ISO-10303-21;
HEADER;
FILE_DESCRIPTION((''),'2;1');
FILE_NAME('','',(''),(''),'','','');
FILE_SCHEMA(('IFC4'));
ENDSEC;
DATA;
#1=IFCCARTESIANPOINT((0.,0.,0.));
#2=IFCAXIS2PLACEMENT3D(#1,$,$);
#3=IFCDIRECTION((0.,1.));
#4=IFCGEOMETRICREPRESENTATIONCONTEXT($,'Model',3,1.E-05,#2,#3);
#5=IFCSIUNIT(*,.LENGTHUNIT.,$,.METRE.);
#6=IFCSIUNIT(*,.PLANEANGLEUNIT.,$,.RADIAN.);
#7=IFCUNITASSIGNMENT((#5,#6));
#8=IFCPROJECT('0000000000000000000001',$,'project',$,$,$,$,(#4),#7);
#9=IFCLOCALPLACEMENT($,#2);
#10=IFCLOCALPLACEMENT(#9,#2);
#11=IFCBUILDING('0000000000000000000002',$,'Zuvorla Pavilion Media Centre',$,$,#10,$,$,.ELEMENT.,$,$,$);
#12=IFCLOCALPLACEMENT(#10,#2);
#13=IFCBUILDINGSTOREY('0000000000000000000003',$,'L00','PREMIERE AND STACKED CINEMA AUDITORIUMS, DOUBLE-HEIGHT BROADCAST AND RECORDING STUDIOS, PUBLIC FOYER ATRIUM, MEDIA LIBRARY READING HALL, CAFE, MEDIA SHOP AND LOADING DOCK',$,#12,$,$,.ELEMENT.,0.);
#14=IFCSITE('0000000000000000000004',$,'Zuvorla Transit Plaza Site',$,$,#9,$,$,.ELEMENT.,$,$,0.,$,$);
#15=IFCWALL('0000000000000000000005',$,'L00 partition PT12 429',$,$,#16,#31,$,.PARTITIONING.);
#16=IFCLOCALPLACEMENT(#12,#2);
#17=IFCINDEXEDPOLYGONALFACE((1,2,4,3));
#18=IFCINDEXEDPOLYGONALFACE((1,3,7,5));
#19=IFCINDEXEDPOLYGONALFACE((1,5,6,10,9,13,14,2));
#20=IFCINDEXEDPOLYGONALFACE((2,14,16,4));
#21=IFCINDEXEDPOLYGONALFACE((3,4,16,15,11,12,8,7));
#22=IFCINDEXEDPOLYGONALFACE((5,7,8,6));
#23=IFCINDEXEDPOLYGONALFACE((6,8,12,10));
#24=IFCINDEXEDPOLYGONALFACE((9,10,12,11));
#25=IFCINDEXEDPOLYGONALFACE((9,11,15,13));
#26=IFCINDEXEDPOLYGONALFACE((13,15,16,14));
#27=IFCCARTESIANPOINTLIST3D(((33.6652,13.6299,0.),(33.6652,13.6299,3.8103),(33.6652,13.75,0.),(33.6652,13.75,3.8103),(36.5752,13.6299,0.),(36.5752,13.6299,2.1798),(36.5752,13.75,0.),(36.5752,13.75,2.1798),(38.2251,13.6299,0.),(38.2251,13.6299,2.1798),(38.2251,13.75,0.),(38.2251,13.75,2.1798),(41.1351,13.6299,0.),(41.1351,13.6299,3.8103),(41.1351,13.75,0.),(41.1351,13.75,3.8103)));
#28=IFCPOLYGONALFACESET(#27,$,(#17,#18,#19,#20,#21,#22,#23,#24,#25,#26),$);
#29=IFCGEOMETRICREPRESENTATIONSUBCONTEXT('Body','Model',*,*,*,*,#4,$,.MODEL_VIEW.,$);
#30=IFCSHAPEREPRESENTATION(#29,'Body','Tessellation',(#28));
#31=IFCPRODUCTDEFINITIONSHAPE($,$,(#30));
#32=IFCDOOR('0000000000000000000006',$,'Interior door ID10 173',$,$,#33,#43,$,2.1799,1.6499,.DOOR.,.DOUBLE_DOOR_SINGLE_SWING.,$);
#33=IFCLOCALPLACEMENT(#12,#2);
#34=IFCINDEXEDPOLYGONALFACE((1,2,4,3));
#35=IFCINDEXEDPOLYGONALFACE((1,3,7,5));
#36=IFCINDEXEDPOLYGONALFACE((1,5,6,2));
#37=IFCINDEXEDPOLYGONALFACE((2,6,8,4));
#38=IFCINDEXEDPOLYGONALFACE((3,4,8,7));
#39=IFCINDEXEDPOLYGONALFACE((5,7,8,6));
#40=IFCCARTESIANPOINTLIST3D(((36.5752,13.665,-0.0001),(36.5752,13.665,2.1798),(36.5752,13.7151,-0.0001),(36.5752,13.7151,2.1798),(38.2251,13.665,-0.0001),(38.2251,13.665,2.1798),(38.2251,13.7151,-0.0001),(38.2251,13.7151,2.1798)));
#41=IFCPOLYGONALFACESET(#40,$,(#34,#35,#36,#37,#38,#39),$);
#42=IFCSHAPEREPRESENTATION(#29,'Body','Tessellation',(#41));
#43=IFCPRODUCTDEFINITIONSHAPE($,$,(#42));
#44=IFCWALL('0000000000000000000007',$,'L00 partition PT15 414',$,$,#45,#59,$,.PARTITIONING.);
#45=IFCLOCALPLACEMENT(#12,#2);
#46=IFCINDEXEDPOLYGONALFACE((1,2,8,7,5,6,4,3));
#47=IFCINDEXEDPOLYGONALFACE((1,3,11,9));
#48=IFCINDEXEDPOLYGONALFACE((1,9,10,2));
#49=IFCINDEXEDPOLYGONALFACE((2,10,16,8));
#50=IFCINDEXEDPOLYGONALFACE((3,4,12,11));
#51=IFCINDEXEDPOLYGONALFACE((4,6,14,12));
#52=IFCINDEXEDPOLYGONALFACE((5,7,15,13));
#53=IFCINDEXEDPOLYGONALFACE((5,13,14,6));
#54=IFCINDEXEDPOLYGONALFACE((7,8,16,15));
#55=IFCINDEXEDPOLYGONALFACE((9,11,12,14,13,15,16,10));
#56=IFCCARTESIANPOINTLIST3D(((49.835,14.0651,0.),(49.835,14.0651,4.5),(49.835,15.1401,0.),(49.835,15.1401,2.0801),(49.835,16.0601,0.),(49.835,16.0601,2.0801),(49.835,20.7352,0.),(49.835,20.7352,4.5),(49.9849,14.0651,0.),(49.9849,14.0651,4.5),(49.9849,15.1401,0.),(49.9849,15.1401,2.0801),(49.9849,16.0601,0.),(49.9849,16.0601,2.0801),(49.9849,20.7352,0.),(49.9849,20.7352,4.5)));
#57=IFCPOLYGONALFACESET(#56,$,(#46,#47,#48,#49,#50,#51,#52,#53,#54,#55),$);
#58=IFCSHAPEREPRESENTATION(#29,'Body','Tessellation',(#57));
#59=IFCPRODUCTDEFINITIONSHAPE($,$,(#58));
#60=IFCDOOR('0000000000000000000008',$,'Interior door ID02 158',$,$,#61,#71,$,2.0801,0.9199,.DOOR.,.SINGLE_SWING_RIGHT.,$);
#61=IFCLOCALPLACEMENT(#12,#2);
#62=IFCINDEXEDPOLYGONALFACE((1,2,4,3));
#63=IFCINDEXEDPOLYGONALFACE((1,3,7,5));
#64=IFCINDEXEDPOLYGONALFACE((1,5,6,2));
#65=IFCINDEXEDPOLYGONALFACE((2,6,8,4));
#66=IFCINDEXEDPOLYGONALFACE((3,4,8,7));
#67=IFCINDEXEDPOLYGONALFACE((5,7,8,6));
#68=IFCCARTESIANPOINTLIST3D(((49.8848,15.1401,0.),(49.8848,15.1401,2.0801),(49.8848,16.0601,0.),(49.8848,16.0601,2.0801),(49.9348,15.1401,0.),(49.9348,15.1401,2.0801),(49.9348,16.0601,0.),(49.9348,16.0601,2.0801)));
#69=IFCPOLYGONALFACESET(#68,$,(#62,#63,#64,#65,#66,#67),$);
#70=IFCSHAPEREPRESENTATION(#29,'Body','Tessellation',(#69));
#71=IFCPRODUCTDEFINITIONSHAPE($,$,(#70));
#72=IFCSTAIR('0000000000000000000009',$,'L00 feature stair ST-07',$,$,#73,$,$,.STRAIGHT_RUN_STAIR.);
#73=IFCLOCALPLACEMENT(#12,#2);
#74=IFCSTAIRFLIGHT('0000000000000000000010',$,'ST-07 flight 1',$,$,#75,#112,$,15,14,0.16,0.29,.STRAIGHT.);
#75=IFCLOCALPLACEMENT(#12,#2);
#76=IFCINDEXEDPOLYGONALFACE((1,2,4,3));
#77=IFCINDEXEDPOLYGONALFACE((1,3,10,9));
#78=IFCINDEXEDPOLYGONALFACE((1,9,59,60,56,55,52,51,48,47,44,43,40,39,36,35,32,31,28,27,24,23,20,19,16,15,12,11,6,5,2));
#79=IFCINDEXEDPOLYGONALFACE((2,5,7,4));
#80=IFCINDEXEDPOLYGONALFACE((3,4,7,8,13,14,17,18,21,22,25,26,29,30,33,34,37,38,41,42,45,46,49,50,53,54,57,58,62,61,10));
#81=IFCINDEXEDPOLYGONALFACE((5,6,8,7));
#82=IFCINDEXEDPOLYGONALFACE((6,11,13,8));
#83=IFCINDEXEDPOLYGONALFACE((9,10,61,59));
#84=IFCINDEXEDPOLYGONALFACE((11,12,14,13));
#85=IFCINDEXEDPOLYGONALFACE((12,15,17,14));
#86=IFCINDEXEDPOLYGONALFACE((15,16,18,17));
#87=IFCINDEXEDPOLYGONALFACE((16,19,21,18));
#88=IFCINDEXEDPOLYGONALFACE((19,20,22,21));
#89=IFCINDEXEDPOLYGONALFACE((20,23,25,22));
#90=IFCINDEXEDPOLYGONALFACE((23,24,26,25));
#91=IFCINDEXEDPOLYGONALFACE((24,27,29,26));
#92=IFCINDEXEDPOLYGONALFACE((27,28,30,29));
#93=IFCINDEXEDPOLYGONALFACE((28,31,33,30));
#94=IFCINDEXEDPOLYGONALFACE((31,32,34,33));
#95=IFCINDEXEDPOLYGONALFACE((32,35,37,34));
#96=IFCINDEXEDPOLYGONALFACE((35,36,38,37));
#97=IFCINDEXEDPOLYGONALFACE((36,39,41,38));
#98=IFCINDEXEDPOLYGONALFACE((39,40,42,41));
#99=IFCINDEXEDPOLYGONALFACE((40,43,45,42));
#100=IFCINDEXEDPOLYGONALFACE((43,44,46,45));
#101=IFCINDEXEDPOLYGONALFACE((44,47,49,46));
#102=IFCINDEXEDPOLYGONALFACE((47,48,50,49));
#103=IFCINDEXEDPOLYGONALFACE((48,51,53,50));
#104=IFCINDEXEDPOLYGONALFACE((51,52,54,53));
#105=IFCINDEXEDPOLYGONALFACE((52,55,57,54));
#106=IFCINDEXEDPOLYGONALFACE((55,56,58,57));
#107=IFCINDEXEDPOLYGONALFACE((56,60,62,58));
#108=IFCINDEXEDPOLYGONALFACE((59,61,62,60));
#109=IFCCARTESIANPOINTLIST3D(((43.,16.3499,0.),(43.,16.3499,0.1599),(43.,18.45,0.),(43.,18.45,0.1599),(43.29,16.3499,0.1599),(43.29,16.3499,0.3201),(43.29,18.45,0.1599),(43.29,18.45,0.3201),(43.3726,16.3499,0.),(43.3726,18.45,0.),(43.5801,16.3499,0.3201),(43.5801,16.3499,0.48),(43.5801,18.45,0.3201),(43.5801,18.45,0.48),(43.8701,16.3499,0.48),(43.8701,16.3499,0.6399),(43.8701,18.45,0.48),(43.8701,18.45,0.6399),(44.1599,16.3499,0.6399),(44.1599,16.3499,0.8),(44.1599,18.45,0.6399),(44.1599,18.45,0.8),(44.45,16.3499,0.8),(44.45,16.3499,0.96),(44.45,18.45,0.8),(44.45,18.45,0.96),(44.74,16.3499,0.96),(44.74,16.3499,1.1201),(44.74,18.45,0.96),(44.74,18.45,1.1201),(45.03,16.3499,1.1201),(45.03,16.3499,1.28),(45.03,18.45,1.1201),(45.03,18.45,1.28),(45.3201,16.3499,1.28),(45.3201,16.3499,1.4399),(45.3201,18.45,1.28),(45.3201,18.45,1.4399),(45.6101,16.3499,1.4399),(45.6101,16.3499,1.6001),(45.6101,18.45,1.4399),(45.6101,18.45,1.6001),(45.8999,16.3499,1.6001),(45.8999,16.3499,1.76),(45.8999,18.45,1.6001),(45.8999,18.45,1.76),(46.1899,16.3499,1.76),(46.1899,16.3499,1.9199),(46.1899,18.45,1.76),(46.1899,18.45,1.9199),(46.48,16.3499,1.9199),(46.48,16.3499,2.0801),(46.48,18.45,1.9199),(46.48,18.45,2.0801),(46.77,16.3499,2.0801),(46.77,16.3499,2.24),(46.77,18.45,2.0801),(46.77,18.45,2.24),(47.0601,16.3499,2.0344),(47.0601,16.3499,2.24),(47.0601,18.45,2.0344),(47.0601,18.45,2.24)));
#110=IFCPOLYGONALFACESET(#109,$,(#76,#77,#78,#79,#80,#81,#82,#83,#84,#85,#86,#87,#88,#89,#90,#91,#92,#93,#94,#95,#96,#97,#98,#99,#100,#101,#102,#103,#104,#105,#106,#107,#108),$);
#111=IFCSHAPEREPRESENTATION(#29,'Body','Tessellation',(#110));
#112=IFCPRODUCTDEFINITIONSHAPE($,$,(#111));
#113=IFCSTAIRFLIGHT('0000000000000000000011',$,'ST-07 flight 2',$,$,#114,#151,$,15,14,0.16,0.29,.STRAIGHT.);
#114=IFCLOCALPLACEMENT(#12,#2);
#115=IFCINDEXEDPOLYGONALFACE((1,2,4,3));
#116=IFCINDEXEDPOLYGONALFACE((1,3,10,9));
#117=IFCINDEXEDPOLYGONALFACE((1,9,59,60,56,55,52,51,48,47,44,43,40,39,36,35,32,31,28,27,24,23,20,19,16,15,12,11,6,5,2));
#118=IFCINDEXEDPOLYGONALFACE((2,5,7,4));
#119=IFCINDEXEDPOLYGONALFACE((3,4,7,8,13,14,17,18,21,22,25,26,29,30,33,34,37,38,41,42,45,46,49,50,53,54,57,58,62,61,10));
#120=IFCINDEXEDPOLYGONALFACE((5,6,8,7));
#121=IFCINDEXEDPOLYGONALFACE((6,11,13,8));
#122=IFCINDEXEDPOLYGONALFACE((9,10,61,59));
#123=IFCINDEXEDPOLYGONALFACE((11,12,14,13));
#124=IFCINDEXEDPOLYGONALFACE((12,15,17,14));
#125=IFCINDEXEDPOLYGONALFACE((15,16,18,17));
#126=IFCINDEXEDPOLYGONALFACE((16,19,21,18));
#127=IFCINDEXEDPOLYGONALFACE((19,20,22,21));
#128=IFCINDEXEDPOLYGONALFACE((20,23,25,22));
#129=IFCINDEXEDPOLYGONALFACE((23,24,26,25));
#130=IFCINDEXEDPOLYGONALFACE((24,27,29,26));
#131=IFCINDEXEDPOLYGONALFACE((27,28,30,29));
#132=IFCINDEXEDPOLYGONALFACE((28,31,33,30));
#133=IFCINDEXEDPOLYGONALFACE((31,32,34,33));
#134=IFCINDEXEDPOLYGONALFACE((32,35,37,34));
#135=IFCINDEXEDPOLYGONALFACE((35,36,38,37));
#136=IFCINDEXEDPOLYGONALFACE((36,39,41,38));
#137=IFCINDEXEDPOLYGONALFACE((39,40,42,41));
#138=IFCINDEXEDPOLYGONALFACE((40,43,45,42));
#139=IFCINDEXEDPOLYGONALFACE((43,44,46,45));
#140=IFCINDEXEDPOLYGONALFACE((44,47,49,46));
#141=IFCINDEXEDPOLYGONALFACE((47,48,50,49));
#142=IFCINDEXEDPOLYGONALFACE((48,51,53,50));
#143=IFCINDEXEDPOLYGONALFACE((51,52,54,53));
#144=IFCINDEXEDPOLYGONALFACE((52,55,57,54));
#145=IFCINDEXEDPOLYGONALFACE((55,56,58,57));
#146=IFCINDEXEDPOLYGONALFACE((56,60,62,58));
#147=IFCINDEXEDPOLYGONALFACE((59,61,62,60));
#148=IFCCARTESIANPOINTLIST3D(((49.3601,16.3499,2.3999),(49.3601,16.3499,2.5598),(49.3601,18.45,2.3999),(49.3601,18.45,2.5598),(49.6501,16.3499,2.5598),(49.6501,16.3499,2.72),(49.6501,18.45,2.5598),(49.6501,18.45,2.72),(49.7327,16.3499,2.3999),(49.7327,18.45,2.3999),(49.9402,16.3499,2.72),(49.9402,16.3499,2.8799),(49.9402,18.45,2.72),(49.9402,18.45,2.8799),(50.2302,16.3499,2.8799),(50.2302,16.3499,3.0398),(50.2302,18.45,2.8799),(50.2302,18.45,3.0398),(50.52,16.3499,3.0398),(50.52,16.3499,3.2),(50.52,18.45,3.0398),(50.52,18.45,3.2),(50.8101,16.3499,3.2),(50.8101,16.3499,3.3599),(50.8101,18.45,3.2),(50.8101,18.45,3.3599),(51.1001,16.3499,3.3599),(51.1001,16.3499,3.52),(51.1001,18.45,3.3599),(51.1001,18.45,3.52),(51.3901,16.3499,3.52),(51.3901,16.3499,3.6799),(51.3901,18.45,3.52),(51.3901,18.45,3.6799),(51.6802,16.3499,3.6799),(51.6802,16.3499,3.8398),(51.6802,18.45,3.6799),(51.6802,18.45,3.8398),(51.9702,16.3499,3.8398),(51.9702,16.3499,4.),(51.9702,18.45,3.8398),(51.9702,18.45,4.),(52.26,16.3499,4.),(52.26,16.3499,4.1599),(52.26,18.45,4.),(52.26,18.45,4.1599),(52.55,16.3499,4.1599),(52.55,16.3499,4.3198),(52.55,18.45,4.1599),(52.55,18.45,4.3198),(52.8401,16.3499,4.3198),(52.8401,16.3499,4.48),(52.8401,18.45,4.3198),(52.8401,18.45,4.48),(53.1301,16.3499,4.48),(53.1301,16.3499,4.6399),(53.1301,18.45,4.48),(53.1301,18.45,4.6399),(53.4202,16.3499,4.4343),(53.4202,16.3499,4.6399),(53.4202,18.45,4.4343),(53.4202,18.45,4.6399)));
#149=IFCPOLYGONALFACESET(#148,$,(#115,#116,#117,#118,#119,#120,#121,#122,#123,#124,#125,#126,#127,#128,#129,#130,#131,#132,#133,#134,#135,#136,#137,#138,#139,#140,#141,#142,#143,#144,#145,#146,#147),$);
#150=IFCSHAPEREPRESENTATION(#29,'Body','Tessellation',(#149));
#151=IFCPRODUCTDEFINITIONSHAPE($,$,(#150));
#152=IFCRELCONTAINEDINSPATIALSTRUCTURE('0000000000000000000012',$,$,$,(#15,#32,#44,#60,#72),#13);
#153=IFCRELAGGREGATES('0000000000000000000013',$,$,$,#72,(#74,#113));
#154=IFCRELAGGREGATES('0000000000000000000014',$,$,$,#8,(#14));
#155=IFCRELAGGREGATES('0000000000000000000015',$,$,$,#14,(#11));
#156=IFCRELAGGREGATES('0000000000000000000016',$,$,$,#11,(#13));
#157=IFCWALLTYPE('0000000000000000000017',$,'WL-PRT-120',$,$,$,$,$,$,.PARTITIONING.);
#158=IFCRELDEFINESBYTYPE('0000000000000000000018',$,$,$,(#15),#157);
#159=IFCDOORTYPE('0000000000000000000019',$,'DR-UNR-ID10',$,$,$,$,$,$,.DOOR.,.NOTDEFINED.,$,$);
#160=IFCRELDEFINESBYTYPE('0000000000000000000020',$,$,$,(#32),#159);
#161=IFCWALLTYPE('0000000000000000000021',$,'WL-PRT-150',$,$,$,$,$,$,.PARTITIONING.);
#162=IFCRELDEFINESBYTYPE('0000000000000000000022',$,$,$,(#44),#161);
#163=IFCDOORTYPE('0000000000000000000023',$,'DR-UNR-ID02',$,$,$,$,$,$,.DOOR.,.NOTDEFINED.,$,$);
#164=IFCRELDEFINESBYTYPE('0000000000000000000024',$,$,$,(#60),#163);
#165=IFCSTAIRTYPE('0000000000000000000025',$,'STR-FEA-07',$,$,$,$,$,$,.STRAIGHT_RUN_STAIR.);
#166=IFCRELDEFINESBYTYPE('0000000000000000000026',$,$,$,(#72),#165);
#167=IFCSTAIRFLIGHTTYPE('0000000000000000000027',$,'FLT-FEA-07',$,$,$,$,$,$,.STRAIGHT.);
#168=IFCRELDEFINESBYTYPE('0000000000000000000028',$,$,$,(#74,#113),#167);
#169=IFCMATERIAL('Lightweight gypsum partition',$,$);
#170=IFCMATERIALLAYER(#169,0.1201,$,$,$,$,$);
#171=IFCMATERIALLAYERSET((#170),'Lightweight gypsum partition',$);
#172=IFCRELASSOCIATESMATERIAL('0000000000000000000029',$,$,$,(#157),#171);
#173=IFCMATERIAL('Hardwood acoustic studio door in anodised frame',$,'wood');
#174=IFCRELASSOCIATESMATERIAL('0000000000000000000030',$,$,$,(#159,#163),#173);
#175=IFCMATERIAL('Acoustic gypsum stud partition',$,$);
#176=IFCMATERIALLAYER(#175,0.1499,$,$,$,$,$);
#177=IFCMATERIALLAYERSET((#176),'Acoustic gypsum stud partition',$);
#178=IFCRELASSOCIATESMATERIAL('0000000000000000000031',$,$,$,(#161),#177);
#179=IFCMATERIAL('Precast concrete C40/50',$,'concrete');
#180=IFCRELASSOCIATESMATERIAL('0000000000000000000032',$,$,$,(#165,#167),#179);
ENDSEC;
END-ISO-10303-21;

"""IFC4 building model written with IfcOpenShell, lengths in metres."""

from ifc_helpers import new_model, si_unit, direction, frame, frame_2d, origin, place, context, subcontext, project, spatial, polyline, rectangle, outline, extrude, material, layer, layer_set, type_object, element, fill, aggregate, save


model = new_model("IFC4")

# Units and contexts
model_context = context("Model", 3, precision=1e-05, world=origin(), true_north=direction((0.0, 1.0)))
body_context = subcontext(model_context, "Body", "Model", "MODEL_VIEW")
ifc_project = project(units=[si_unit("LENGTHUNIT", "METRE"), si_unit("PLANEANGLEUNIT", "RADIAN")], contexts=[model_context])

# Site, building, storey
site_placement = place(None, origin())
site = spatial("IfcSite", under=ifc_project, at=site_placement, Name="Zuvorla Transit Plaza Site", CompositionType="ELEMENT", RefElevation=0.0)
building_placement = place(site_placement, origin())
building = spatial("IfcBuilding", under=site, at=building_placement, Name="Zuvorla Pavilion Media Centre", CompositionType="ELEMENT")
storey_placement = place(building_placement, origin())
storey = spatial("IfcBuildingStorey", under=building, at=storey_placement, Name="L00", Description="PREMIERE AND STACKED CINEMA AUDITORIUMS, DOUBLE-HEIGHT BROADCAST AND RECORDING STUDIOS, PUBLIC FOYER ATRIUM, MEDIA LIBRARY READING HALL, CAFE, MEDIA SHOP AND LOADING DOCK", CompositionType="ELEMENT", Elevation=0.0)

# Walls, openings, doors
ifc_material_1 = material(Name="Lightweight gypsum partition")
ifc_layer_1 = layer(ifc_material_1, 0.1201)
ifc_layer_set_1 = layer_set([ifc_layer_1], Name="Lightweight gypsum partition")
wall_type_1 = type_object("IfcWallType", Name="WL-PRT-120", PredefinedType="PARTITIONING", material=ifc_layer_set_1)
ifc_material_2 = material(Name="Hardwood acoustic studio door in anodised frame", Category="wood")
wall_1_placement = place(storey_placement, frame((41.135, 13.6899, 0.0), z_axis=(0.0, 0.0, 1.0), x_axis=(-1.0, 0.0, 0.0)))
wall_1 = element("IfcWall", 1, at=wall_1_placement, inside=storey, type_object=wall_type_1, Name="L00 partition PT12 429", PredefinedType="PARTITIONING", context=body_context, shape_type="SweptSolid", body=[
    extrude(rectangle(XDim=7.47, YDim=0.1201, at=frame_2d((3.7349, 0.0))), origin(), (0.0, 0.0, 1.0), 3.8103),
])
opening_1_placement = place(wall_1_placement, frame((2.9099, 0.0, 0.0)))
opening_1 = element("IfcOpeningElement", 2, at=opening_1_placement, cuts=wall_1, PredefinedType="OPENING", context=body_context, shape_type="SweptSolid", body=[
    extrude(rectangle(XDim=1.6499, YDim=2.1799, at=frame_2d((0.825, 1.0898))), frame((0.0, 0.0701, 0.0), z_axis=(0.0, -1.0, 0.0), x_axis=(1.0, 0.0, 0.0)), (0.0, 0.0, 1.0), 0.1401),
])
door_type_1 = type_object("IfcDoorType", Name="DR-UNR-ID10", OperationType="NOTDEFINED", PredefinedType="DOOR", material=ifc_material_2)
door_1_placement = place(opening_1_placement, origin())
door_1 = element("IfcDoor", 3, at=door_1_placement, inside=storey, type_object=door_type_1, Name="Interior door ID10 173", OperationType="DOUBLE_DOOR_SINGLE_SWING", OverallHeight=2.1799, OverallWidth=1.6499, PredefinedType="DOOR", context=body_context, shape_type="SweptSolid", body=[
    extrude(rectangle(XDim=1.6499, YDim=2.1799, at=frame_2d((0.825, 1.0898))), frame((0.0, 0.0249, 0.0), z_axis=(0.0, -1.0, 0.0), x_axis=(1.0, 0.0, 0.0)), (0.0, 0.0, 1.0), 0.05),
])
fill(opening_1, door_1)
ifc_material_3 = material(Name="Acoustic gypsum stud partition")
ifc_layer_2 = layer(ifc_material_3, 0.1499)
ifc_layer_set_2 = layer_set([ifc_layer_2], Name="Acoustic gypsum stud partition")
wall_type_2 = type_object("IfcWallType", Name="WL-PRT-150", PredefinedType="PARTITIONING", material=ifc_layer_set_2)
wall_2_placement = place(storey_placement, frame((49.9099, 20.7351, 0.0), z_axis=(0.0, 0.0, 1.0), x_axis=(0.0, -1.0, 0.0)))
wall_2 = element("IfcWall", 4, at=wall_2_placement, inside=storey, type_object=wall_type_2, Name="L00 partition PT15 414", PredefinedType="PARTITIONING", context=body_context, shape_type="SweptSolid", body=[
    extrude(rectangle(XDim=6.6702, YDim=0.1499, at=frame_2d((3.335, 0.0))), origin(), (0.0, 0.0, 1.0), 4.5),
])
opening_2_placement = place(wall_2_placement, frame((4.675, 0.0, 0.0)))
opening_2 = element("IfcOpeningElement", 5, at=opening_2_placement, cuts=wall_2, PredefinedType="OPENING", context=body_context, shape_type="SweptSolid", body=[
    extrude(rectangle(XDim=0.9199, YDim=2.0801, at=frame_2d((0.46, 1.04))), frame((0.0, 0.085, 0.0), z_axis=(0.0, -1.0, 0.0), x_axis=(1.0, 0.0, 0.0)), (0.0, 0.0, 1.0), 0.1699),
])
door_type_2 = type_object("IfcDoorType", Name="DR-UNR-ID02", OperationType="NOTDEFINED", PredefinedType="DOOR", material=ifc_material_2)
door_2_placement = place(opening_2_placement, origin())
door_2 = element("IfcDoor", 6, at=door_2_placement, inside=storey, type_object=door_type_2, Name="Interior door ID02 158", OperationType="SINGLE_SWING_RIGHT", OverallHeight=2.0801, OverallWidth=0.9199, PredefinedType="DOOR", context=body_context, shape_type="SweptSolid", body=[
    extrude(rectangle(XDim=0.9199, YDim=2.0801, at=frame_2d((0.46, 1.04))), frame((0.0, 0.0249, 0.0), z_axis=(0.0, -1.0, 0.0), x_axis=(1.0, 0.0, 0.0)), (0.0, 0.0, 1.0), 0.05),
])
fill(opening_2, door_2)

# Stair, stair flights
ifc_material_4 = material(Name="Precast concrete C40/50", Category="concrete")
stair_type = type_object("IfcStairType", Name="STR-FEA-07", PredefinedType="STRAIGHT_RUN_STAIR", material=ifc_material_4)
stair_placement = place(storey_placement, origin())
stair = element("IfcStair", 7, at=stair_placement, inside=storey, type_object=stair_type, Name="L00 feature stair ST-07", PredefinedType="STRAIGHT_RUN_STAIR")
stair_flight_type = type_object("IfcStairFlightType", Name="FLT-FEA-07", PredefinedType="STRAIGHT", material=ifc_material_4)
stair_flight_1_placement = place(storey_placement, frame((43.0, 17.3999, 0.0), z_axis=(0.0, 0.0, 1.0), x_axis=(1.0, 0.0, 0.0)))
stair_flight_1 = element("IfcStairFlight", 8, at=stair_flight_1_placement, type_object=stair_flight_type, Name="ST-07 flight 1", NumberOfRisers=15, NumberOfTreads=14, PredefinedType="STRAIGHT", RiserHeight=0.16, TreadLength=0.29, context=body_context, shape_type="SweptSolid", body=[
    extrude(outline(polyline([(0.0, 0.0), (0.0, 0.1599), (0.29, 0.1599), (0.29, 0.3201), (0.5801, 0.3201), (0.5801, 0.48), (0.8701, 0.48), (0.8701, 0.6399), (1.1599, 0.6399), (1.1599, 0.8), (1.45, 0.8), (1.45, 0.96), (1.74, 0.96), (1.74, 1.1201), (2.03, 1.1201), (2.03, 1.28), (2.3201, 1.28), (2.3201, 1.4399), (2.6101, 1.4399), (2.6101, 1.6001), (2.8999, 1.6001), (2.8999, 1.76), (3.1899, 1.76), (3.1899, 1.9199), (3.48, 1.9199), (3.48, 2.0801), (3.77, 2.0801), (3.77, 2.24), (4.0601, 2.24), (4.0601, 2.3999), (4.0601, 2.0344), (0.3726, 0.0), (0.0, 0.0)])), frame((0.0, 1.05, 0.0), z_axis=(0.0, -1.0, 0.0), x_axis=(1.0, 0.0, 0.0)), (0.0, 0.0, 1.0), 2.1001),
])
stair_flight_2_placement = place(storey_placement, frame((49.3601, 17.3999, 2.3999), z_axis=(0.0, 0.0, 1.0), x_axis=(1.0, 0.0, 0.0)))
stair_flight_2 = element("IfcStairFlight", 9, at=stair_flight_2_placement, type_object=stair_flight_type, Name="ST-07 flight 2", NumberOfRisers=15, NumberOfTreads=14, PredefinedType="STRAIGHT", RiserHeight=0.16, TreadLength=0.29, context=body_context, shape_type="SweptSolid", body=[
    extrude(outline(polyline([(0.0, 0.0), (0.0, 0.1599), (0.29, 0.1599), (0.29, 0.3201), (0.5801, 0.3201), (0.5801, 0.48), (0.8701, 0.48), (0.8701, 0.6399), (1.1599, 0.6399), (1.1599, 0.8), (1.45, 0.8), (1.45, 0.96), (1.74, 0.96), (1.74, 1.1201), (2.03, 1.1201), (2.03, 1.28), (2.3201, 1.28), (2.3201, 1.4399), (2.6101, 1.4399), (2.6101, 1.6001), (2.8999, 1.6001), (2.8999, 1.76), (3.1899, 1.76), (3.1899, 1.9199), (3.48, 1.9199), (3.48, 2.0801), (3.77, 2.0801), (3.77, 2.24), (4.0601, 2.24), (4.0601, 2.3999), (4.0601, 2.0344), (0.3726, 0.0), (0.0, 0.0)])), frame((0.0, 1.05, 0.0), z_axis=(0.0, -1.0, 0.0), x_axis=(1.0, 0.0, 0.0)), (0.0, 0.0, 1.0), 2.1001),
])
aggregate(stair, [stair_flight_1, stair_flight_2])

save(model, "model.ifc")
